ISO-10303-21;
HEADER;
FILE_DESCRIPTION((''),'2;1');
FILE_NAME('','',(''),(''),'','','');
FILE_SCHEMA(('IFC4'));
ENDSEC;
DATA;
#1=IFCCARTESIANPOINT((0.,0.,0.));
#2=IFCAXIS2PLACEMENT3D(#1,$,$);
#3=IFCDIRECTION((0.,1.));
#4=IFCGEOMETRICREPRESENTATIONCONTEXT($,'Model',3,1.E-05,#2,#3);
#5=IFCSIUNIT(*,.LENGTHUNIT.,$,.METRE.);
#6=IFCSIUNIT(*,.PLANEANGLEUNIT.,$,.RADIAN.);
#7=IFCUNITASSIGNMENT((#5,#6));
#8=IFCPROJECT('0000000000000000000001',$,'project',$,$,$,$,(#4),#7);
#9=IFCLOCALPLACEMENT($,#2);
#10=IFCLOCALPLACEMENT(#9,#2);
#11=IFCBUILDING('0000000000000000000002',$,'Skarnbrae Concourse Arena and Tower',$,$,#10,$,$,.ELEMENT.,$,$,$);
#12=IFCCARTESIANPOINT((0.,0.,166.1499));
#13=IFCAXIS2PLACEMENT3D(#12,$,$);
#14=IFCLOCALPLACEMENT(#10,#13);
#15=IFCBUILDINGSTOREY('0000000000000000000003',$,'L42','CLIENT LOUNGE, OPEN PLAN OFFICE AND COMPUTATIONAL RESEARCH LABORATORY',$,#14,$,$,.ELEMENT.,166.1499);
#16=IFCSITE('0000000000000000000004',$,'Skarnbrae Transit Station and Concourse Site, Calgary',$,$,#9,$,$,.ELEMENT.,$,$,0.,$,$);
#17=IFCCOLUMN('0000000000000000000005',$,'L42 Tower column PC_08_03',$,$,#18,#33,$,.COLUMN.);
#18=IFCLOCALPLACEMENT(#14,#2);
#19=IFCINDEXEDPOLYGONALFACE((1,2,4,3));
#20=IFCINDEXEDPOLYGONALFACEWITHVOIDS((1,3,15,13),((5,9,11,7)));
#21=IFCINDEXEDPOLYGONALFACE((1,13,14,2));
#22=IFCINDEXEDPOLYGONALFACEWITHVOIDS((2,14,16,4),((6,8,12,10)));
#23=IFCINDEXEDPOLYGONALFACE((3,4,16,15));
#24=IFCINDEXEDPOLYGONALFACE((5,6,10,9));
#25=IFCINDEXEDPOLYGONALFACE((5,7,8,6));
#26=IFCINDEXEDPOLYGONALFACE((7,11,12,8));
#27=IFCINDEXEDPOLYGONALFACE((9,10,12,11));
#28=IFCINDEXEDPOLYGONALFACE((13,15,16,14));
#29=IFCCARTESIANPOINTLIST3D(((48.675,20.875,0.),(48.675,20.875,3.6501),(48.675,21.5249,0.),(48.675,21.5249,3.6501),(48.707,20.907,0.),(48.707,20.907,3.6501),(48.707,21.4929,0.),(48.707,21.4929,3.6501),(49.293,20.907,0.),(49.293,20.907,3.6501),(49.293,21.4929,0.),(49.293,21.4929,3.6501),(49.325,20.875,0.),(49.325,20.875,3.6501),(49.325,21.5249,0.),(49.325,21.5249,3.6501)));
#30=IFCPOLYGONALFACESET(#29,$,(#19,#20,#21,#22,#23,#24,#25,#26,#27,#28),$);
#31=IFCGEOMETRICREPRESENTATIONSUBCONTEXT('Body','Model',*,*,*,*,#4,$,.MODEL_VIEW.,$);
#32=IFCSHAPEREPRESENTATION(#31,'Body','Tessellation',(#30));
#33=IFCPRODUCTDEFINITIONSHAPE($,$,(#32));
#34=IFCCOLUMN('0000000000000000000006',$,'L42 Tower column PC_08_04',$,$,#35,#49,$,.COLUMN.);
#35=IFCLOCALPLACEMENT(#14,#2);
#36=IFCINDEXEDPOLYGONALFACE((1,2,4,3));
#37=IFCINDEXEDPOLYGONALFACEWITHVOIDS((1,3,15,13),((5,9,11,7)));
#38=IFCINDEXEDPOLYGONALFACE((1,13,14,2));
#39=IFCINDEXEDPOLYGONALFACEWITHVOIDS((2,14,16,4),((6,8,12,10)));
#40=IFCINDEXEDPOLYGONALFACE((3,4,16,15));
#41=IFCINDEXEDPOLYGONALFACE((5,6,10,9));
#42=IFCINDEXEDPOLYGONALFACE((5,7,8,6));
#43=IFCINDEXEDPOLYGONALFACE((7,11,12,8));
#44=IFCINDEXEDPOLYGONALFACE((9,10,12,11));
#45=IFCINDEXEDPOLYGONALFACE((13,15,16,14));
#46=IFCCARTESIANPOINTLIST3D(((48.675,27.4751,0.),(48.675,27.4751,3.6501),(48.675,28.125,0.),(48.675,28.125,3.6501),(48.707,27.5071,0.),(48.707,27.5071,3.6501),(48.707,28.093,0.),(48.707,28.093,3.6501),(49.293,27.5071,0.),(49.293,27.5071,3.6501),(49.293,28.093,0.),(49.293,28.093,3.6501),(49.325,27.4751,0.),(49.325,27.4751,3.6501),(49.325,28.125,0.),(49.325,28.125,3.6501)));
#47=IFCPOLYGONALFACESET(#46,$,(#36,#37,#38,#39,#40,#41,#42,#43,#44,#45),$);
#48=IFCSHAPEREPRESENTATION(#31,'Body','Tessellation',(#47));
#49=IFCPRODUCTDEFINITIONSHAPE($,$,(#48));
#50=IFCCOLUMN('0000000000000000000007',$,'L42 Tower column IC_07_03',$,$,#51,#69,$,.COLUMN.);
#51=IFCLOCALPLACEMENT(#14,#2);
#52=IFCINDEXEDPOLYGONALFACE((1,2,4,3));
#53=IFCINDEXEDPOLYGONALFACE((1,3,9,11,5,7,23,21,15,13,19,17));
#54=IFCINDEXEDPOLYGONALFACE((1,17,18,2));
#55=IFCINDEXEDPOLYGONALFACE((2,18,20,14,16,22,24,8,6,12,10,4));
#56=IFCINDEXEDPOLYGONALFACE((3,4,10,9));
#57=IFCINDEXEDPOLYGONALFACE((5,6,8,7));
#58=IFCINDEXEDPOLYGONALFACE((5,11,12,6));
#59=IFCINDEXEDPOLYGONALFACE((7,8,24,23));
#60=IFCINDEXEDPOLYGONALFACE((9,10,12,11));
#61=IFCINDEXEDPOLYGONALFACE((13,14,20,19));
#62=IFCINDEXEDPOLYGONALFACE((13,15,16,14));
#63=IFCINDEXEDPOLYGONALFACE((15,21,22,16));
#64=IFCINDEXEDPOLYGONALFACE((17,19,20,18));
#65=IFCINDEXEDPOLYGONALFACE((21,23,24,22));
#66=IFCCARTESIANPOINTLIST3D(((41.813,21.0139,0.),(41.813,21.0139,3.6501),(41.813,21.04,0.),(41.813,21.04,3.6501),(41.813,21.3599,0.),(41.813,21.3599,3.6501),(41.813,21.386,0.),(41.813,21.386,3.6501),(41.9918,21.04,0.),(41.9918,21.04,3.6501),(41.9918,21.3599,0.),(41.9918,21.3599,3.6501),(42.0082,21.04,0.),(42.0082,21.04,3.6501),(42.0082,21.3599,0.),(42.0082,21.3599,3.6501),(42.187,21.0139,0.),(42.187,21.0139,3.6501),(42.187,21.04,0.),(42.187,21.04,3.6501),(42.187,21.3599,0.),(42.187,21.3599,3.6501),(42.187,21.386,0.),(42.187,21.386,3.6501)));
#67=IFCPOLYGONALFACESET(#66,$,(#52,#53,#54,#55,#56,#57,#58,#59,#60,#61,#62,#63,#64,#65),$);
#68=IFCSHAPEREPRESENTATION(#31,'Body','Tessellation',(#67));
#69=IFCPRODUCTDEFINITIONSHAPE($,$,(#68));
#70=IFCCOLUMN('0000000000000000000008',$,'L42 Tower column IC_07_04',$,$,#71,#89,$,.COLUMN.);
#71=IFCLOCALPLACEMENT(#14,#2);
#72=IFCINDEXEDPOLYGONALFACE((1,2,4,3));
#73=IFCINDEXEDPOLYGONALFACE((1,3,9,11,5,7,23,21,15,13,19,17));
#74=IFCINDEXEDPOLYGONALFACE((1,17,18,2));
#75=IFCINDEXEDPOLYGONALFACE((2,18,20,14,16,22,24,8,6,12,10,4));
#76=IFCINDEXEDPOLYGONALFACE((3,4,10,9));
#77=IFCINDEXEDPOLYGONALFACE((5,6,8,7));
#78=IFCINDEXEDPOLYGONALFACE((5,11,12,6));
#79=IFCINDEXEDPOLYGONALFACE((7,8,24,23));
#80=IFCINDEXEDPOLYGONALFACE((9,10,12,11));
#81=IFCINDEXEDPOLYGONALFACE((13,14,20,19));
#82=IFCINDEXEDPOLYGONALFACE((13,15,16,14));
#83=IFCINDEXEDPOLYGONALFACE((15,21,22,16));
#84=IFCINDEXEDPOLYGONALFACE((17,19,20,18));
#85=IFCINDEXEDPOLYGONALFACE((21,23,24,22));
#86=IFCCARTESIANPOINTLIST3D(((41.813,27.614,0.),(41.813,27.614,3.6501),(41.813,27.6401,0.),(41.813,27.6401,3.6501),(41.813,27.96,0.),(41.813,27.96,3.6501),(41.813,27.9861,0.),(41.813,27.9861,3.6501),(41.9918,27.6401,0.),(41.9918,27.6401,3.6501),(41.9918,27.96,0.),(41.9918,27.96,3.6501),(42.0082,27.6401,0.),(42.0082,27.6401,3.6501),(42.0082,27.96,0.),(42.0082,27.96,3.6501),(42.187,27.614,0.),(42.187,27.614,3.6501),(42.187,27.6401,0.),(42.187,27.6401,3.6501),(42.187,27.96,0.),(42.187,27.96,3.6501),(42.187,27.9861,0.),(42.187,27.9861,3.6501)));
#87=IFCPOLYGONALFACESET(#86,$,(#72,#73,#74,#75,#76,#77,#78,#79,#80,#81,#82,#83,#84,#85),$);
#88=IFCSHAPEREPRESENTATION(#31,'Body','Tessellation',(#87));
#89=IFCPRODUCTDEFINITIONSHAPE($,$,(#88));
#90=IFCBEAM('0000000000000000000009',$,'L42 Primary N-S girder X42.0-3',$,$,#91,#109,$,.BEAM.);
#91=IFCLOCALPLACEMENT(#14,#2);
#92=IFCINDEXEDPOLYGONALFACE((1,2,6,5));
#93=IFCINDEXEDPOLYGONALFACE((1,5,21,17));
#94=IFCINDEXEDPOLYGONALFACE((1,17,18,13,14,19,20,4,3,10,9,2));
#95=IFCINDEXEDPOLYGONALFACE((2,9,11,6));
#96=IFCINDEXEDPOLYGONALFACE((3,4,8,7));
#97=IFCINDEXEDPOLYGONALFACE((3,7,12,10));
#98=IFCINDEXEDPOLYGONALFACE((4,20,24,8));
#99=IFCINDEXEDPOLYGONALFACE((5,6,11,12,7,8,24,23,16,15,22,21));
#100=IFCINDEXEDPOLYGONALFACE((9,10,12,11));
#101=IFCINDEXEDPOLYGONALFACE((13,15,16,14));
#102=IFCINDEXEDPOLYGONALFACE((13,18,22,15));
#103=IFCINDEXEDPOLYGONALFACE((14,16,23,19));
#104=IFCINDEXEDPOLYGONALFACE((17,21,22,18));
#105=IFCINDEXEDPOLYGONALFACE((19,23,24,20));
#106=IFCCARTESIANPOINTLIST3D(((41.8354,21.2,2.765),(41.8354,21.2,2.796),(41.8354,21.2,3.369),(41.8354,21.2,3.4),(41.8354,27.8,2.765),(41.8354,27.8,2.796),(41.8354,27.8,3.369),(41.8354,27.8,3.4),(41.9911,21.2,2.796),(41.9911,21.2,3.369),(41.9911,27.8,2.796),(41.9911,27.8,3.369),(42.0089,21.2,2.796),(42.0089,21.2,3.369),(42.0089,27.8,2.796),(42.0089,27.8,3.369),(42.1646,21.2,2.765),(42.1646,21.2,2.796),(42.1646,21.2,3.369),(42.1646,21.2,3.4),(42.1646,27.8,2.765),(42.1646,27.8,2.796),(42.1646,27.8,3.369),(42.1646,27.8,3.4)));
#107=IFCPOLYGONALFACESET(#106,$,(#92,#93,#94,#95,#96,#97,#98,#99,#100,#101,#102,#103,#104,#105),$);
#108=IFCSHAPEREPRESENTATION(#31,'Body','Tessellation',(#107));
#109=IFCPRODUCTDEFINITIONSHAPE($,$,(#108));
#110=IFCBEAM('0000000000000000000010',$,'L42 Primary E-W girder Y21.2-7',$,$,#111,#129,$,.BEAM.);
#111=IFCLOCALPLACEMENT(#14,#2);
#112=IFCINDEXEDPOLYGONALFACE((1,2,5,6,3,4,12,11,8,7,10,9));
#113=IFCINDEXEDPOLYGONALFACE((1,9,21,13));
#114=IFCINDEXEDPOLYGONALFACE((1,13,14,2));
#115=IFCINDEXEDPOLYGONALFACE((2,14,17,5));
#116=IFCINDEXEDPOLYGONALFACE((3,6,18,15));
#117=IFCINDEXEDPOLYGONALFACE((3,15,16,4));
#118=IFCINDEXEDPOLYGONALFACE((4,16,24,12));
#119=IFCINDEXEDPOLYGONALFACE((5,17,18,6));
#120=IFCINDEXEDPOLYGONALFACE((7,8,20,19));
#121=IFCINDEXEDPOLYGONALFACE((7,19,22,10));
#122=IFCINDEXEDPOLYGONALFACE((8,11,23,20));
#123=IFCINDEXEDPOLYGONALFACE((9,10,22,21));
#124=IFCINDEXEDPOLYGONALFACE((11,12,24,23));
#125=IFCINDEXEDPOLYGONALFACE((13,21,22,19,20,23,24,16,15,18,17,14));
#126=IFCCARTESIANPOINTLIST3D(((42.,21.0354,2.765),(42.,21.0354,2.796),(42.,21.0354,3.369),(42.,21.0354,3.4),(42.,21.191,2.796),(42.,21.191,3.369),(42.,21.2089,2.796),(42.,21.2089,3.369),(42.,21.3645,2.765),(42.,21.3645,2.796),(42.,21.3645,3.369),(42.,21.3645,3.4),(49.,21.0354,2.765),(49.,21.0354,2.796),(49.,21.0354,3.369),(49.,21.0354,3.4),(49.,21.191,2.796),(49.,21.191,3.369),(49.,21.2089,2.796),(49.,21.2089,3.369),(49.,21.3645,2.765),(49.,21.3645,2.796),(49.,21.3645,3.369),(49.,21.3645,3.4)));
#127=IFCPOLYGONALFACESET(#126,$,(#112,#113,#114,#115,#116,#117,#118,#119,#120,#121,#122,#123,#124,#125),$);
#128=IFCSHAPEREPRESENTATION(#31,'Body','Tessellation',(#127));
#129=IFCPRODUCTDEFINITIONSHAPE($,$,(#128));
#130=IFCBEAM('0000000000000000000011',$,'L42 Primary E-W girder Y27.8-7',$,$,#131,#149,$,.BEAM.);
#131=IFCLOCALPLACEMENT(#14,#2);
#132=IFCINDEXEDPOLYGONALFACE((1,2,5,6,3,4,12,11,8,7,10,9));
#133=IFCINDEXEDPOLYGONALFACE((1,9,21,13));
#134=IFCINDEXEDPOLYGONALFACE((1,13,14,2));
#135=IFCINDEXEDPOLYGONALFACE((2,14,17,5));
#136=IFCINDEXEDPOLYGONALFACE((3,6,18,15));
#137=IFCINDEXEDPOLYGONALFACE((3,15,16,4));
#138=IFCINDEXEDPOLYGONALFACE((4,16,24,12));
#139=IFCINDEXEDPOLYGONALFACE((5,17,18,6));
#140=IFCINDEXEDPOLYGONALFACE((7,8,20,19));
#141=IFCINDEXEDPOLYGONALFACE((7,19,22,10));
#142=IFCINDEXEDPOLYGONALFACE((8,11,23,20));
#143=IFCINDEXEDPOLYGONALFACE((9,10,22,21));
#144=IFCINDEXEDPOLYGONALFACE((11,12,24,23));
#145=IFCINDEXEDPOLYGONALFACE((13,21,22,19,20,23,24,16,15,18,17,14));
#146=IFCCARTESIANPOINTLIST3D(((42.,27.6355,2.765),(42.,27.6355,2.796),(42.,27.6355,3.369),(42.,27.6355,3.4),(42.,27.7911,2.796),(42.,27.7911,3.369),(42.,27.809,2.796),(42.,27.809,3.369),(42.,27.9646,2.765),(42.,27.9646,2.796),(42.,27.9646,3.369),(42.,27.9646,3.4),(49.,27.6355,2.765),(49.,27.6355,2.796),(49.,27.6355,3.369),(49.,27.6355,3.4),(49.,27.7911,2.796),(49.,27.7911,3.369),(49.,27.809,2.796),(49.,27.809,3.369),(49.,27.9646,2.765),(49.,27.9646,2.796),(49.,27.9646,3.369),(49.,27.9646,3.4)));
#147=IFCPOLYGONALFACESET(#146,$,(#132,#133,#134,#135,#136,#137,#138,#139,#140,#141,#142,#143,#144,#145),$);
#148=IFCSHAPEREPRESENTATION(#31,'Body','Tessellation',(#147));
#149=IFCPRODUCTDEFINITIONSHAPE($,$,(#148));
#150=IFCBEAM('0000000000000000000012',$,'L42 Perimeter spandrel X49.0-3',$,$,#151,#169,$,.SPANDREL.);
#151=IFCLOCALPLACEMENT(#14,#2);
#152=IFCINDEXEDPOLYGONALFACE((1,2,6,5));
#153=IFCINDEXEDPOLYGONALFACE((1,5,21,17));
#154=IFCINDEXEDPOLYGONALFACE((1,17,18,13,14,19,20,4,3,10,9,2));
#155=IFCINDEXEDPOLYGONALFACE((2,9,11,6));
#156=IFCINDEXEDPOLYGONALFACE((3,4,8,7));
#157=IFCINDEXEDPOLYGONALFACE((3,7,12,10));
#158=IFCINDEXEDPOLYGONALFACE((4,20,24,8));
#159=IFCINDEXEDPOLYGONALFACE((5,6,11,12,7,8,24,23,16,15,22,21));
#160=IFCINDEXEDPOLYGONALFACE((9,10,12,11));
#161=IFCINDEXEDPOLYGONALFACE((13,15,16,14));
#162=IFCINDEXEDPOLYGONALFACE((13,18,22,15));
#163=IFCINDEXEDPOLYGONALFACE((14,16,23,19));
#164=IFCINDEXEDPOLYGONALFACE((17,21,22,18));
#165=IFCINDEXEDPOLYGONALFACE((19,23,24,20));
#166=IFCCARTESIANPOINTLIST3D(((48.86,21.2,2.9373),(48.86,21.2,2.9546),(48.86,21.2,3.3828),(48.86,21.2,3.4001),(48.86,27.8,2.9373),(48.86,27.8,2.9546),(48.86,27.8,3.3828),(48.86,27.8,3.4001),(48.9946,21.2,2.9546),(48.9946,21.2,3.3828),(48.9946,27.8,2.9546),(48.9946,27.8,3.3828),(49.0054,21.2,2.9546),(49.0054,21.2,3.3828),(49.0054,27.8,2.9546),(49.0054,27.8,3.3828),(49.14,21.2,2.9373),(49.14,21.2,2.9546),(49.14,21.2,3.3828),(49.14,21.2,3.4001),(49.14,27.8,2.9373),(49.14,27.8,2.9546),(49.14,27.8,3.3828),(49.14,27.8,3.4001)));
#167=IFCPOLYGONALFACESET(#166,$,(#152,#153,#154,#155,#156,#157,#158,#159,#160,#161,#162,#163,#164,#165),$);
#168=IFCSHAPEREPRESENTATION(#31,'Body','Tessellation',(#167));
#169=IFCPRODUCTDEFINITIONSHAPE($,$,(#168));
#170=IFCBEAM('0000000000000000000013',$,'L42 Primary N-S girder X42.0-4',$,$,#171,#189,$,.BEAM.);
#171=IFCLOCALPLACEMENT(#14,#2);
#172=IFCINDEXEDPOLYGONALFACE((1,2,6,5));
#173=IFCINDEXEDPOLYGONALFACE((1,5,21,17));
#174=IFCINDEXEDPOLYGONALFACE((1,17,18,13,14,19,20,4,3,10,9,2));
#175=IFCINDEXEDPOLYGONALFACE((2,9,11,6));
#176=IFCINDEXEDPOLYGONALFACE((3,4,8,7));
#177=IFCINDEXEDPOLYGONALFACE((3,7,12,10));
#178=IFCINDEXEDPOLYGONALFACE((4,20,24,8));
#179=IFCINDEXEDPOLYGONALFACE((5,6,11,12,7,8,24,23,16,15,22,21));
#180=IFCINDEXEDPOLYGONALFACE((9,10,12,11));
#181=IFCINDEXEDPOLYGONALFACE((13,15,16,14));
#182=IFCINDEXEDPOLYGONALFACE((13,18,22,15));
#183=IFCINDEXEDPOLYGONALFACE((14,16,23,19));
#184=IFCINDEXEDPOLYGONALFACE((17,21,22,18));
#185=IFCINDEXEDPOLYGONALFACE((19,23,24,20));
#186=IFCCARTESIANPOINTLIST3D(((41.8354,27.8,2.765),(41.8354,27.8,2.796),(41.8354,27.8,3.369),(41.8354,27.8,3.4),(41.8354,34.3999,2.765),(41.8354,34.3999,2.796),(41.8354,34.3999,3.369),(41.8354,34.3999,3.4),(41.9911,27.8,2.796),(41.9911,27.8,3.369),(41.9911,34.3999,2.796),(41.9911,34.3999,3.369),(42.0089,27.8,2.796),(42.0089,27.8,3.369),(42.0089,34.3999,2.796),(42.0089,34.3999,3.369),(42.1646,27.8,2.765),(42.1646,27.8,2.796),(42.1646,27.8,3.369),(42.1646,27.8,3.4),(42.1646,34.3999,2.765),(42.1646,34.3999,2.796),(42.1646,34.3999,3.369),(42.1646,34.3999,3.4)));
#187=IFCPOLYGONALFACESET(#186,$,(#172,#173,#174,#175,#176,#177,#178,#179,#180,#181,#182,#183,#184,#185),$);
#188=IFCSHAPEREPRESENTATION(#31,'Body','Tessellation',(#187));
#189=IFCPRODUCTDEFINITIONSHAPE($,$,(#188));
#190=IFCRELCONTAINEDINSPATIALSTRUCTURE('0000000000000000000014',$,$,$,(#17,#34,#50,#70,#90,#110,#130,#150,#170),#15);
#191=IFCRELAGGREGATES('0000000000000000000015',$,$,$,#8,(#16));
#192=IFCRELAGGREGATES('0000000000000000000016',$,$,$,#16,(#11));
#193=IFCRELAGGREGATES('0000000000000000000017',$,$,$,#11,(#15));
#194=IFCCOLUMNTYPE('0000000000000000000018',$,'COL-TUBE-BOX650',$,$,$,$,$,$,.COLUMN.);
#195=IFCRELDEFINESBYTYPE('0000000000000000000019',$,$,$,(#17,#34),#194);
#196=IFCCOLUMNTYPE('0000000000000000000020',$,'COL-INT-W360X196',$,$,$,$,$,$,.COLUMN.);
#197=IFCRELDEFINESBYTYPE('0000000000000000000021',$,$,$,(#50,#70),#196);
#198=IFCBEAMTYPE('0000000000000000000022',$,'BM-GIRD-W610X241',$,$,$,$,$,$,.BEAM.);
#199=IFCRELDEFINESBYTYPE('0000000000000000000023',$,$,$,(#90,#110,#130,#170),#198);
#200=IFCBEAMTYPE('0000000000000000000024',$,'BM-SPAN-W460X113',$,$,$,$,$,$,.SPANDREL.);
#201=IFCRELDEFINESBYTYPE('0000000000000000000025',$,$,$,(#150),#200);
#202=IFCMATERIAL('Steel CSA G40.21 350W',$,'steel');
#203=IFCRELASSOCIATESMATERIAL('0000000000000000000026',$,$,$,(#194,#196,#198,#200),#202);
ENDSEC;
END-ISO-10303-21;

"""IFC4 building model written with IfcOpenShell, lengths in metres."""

from ifc_helpers import new_model, si_unit, direction, frame, origin, origin_2d, place, context, subcontext, project, spatial, hollow_rectangle, i_section, extrude, source, transform, mapped, material, material_profile, profile_set, type_object, element, save


model = new_model("IFC4")

# Units and contexts
model_context = context("Model", 3, precision=1e-05, world=origin(), true_north=direction((0.0, 1.0)))
body_context = subcontext(model_context, "Body", "Model", "MODEL_VIEW")
ifc_project = project(units=[si_unit("LENGTHUNIT", "METRE"), si_unit("PLANEANGLEUNIT", "RADIAN")], contexts=[model_context])

# Site, building, storey
site_placement = place(None, origin())
site = spatial("IfcSite", under=ifc_project, at=site_placement, Name="Skarnbrae Transit Station and Concourse Site, Calgary", CompositionType="ELEMENT", RefElevation=0.0)
building_placement = place(site_placement, origin())
building = spatial("IfcBuilding", under=site, at=building_placement, Name="Skarnbrae Concourse Arena and Tower", CompositionType="ELEMENT")
storey_placement = place(building_placement, frame((0.0, 0.0, 166.1499)))
storey = spatial("IfcBuildingStorey", under=building, at=storey_placement, Name="L42", Description="CLIENT LOUNGE, OPEN PLAN OFFICE AND COMPUTATIONAL RESEARCH LABORATORY", CompositionType="ELEMENT", Elevation=166.1499)

# Columns
ifc_material_1 = material(Name="Steel CSA G40.21 350W", Category="steel")
ifc_material_profile_1 = material_profile(ifc_material_1, hollow_rectangle(XDim=0.6499, YDim=0.6499, WallThickness=0.032, at=origin_2d()), Name="BOX650X650X32")
ifc_profile_set_1 = profile_set([ifc_material_profile_1], Name="Steel CSA G40.21 350W")
column_type_1 = type_object("IfcColumnType", Name="COL-TUBE-BOX650", PredefinedType="COLUMN", material=ifc_profile_set_1)
shared_shape_1 = source(origin(), body_context, "Body", "SweptSolid", [
    extrude(hollow_rectangle(XDim=0.6499, YDim=0.6499, WallThickness=0.032, at=origin_2d()), origin(), (0.0, 0.0, 1.0), 3.6501),
])
for number, where, z_axis, x_axis, name in (
    (1, (49.0, 21.2, 0.0), (0.0, 0.0, 1.0), (1.0, 0.0, 0.0), "L42 Tower column PC_08_03"),
    (2, (49.0, 27.8, 0.0), (0.0, 0.0, 1.0), (1.0, 0.0, 0.0), "L42 Tower column PC_08_04"),
):
    element("IfcColumn", number, at=place(storey_placement, frame(where, z_axis=z_axis, x_axis=x_axis)), inside=storey, type_object=column_type_1, Name=name, PredefinedType="COLUMN", context=body_context, shape_type="MappedRepresentation", body=[
        mapped(shared_shape_1, transform((0.0, 0.0, 0.0))),
    ])
ifc_material_profile_2 = material_profile(ifc_material_1, i_section(OverallWidth=0.374, OverallDepth=0.3721, WebThickness=0.0164, FlangeThickness=0.0261, at=origin_2d()), Name="W360X196")
ifc_profile_set_2 = profile_set([ifc_material_profile_2], Name="Steel CSA G40.21 350W")
column_type_2 = type_object("IfcColumnType", Name="COL-INT-W360X196", PredefinedType="COLUMN", material=ifc_profile_set_2)
shared_shape_2 = source(origin(), body_context, "Body", "SweptSolid", [
    extrude(i_section(OverallWidth=0.374, OverallDepth=0.3721, WebThickness=0.0164, FlangeThickness=0.0261, at=origin_2d()), origin(), (0.0, 0.0, 1.0), 3.6501),
])
for number, where, z_axis, x_axis, name in (
    (3, (42.0, 21.2, 0.0), (0.0, 0.0, 1.0), (1.0, 0.0, 0.0), "L42 Tower column IC_07_03"),
    (4, (42.0, 27.8, 0.0), (0.0, 0.0, 1.0), (1.0, 0.0, 0.0), "L42 Tower column IC_07_04"),
):
    element("IfcColumn", number, at=place(storey_placement, frame(where, z_axis=z_axis, x_axis=x_axis)), inside=storey, type_object=column_type_2, Name=name, PredefinedType="COLUMN", context=body_context, shape_type="MappedRepresentation", body=[
        mapped(shared_shape_2, transform((0.0, 0.0, 0.0))),
    ])

# Beams
ifc_material_profile_3 = material_profile(ifc_material_1, i_section(OverallWidth=0.3291, OverallDepth=0.635, WebThickness=0.0178, FlangeThickness=0.031, at=origin_2d()), Name="W610X241")
ifc_profile_set_3 = profile_set([ifc_material_profile_3], Name="Steel CSA G40.21 350W")
beam_type_1 = type_object("IfcBeamType", Name="BM-GIRD-W610X241", PredefinedType="BEAM", material=ifc_profile_set_3)
shared_shape_3 = source(origin(), body_context, "Body", "SweptSolid", [
    extrude(i_section(OverallWidth=0.3291, OverallDepth=0.635, WebThickness=0.0178, FlangeThickness=0.031, at=origin_2d()), origin(), (0.0, 0.0, 1.0), 6.6001),
])
beam_1_placement = place(storey_placement, frame((42.0, 21.2, 3.0825), z_axis=(0.0, 1.0, 0.0), x_axis=(-1.0, 0.0, 0.0)))
element("IfcBeam", 5, at=beam_1_placement, inside=storey, type_object=beam_type_1, Name="L42 Primary N-S girder X42.0-3", PredefinedType="BEAM", context=body_context, shape_type="MappedRepresentation", body=[
    mapped(shared_shape_3, transform((0.0, 0.0, 0.0))),
])
shared_shape_4 = source(origin(), body_context, "Body", "SweptSolid", [
    extrude(i_section(OverallWidth=0.3291, OverallDepth=0.635, WebThickness=0.0178, FlangeThickness=0.031, at=origin_2d()), origin(), (0.0, 0.0, 1.0), 7.0),
])
for number, where, z_axis, x_axis, name in (
    (6, (42.0, 21.2, 3.0825), (1.0, 0.0, 0.0), (0.0, 1.0, 0.0), "L42 Primary E-W girder Y21.2-7"),
    (7, (42.0, 27.8, 3.0825), (1.0, 0.0, 0.0), (0.0, 1.0, 0.0), "L42 Primary E-W girder Y27.8-7"),
):
    element("IfcBeam", number, at=place(storey_placement, frame(where, z_axis=z_axis, x_axis=x_axis)), inside=storey, type_object=beam_type_1, Name=name, PredefinedType="BEAM", context=body_context, shape_type="MappedRepresentation", body=[
        mapped(shared_shape_4, transform((0.0, 0.0, 0.0))),
    ])
ifc_material_profile_4 = material_profile(ifc_material_1, i_section(OverallWidth=0.28, OverallDepth=0.4629, WebThickness=0.0107, FlangeThickness=0.0173, at=origin_2d()), Name="W460X113")
ifc_profile_set_4 = profile_set([ifc_material_profile_4], Name="Steel CSA G40.21 350W")
beam_type_2 = type_object("IfcBeamType", Name="BM-SPAN-W460X113", PredefinedType="SPANDREL", material=ifc_profile_set_4)
shared_shape_5 = source(origin(), body_context, "Body", "SweptSolid", [
    extrude(i_section(OverallWidth=0.28, OverallDepth=0.4629, WebThickness=0.0107, FlangeThickness=0.0173, at=origin_2d()), origin(), (0.0, 0.0, 1.0), 6.6001),
])
beam_2_placement = place(storey_placement, frame((49.0, 21.2, 3.1687), z_axis=(0.0, 1.0, 0.0), x_axis=(-1.0, 0.0, 0.0)))
element("IfcBeam", 8, at=beam_2_placement, inside=storey, type_object=beam_type_2, Name="L42 Perimeter spandrel X49.0-3", PredefinedType="SPANDREL", context=body_context, shape_type="MappedRepresentation", body=[
    mapped(shared_shape_5, transform((0.0, 0.0, 0.0))),
])
shared_shape_6 = source(origin(), body_context, "Body", "SweptSolid", [
    extrude(i_section(OverallWidth=0.3291, OverallDepth=0.635, WebThickness=0.0178, FlangeThickness=0.031, at=origin_2d()), origin(), (0.0, 0.0, 1.0), 6.5999),
])
beam_3_placement = place(storey_placement, frame((42.0, 27.8, 3.0825), z_axis=(0.0, 1.0, 0.0), x_axis=(-1.0, 0.0, 0.0)))
element("IfcBeam", 9, at=beam_3_placement, inside=storey, type_object=beam_type_1, Name="L42 Primary N-S girder X42.0-4", PredefinedType="BEAM", context=body_context, shape_type="MappedRepresentation", body=[
    mapped(shared_shape_6, transform((0.0, 0.0, 0.0))),
])

save(model, "model.ifc")
